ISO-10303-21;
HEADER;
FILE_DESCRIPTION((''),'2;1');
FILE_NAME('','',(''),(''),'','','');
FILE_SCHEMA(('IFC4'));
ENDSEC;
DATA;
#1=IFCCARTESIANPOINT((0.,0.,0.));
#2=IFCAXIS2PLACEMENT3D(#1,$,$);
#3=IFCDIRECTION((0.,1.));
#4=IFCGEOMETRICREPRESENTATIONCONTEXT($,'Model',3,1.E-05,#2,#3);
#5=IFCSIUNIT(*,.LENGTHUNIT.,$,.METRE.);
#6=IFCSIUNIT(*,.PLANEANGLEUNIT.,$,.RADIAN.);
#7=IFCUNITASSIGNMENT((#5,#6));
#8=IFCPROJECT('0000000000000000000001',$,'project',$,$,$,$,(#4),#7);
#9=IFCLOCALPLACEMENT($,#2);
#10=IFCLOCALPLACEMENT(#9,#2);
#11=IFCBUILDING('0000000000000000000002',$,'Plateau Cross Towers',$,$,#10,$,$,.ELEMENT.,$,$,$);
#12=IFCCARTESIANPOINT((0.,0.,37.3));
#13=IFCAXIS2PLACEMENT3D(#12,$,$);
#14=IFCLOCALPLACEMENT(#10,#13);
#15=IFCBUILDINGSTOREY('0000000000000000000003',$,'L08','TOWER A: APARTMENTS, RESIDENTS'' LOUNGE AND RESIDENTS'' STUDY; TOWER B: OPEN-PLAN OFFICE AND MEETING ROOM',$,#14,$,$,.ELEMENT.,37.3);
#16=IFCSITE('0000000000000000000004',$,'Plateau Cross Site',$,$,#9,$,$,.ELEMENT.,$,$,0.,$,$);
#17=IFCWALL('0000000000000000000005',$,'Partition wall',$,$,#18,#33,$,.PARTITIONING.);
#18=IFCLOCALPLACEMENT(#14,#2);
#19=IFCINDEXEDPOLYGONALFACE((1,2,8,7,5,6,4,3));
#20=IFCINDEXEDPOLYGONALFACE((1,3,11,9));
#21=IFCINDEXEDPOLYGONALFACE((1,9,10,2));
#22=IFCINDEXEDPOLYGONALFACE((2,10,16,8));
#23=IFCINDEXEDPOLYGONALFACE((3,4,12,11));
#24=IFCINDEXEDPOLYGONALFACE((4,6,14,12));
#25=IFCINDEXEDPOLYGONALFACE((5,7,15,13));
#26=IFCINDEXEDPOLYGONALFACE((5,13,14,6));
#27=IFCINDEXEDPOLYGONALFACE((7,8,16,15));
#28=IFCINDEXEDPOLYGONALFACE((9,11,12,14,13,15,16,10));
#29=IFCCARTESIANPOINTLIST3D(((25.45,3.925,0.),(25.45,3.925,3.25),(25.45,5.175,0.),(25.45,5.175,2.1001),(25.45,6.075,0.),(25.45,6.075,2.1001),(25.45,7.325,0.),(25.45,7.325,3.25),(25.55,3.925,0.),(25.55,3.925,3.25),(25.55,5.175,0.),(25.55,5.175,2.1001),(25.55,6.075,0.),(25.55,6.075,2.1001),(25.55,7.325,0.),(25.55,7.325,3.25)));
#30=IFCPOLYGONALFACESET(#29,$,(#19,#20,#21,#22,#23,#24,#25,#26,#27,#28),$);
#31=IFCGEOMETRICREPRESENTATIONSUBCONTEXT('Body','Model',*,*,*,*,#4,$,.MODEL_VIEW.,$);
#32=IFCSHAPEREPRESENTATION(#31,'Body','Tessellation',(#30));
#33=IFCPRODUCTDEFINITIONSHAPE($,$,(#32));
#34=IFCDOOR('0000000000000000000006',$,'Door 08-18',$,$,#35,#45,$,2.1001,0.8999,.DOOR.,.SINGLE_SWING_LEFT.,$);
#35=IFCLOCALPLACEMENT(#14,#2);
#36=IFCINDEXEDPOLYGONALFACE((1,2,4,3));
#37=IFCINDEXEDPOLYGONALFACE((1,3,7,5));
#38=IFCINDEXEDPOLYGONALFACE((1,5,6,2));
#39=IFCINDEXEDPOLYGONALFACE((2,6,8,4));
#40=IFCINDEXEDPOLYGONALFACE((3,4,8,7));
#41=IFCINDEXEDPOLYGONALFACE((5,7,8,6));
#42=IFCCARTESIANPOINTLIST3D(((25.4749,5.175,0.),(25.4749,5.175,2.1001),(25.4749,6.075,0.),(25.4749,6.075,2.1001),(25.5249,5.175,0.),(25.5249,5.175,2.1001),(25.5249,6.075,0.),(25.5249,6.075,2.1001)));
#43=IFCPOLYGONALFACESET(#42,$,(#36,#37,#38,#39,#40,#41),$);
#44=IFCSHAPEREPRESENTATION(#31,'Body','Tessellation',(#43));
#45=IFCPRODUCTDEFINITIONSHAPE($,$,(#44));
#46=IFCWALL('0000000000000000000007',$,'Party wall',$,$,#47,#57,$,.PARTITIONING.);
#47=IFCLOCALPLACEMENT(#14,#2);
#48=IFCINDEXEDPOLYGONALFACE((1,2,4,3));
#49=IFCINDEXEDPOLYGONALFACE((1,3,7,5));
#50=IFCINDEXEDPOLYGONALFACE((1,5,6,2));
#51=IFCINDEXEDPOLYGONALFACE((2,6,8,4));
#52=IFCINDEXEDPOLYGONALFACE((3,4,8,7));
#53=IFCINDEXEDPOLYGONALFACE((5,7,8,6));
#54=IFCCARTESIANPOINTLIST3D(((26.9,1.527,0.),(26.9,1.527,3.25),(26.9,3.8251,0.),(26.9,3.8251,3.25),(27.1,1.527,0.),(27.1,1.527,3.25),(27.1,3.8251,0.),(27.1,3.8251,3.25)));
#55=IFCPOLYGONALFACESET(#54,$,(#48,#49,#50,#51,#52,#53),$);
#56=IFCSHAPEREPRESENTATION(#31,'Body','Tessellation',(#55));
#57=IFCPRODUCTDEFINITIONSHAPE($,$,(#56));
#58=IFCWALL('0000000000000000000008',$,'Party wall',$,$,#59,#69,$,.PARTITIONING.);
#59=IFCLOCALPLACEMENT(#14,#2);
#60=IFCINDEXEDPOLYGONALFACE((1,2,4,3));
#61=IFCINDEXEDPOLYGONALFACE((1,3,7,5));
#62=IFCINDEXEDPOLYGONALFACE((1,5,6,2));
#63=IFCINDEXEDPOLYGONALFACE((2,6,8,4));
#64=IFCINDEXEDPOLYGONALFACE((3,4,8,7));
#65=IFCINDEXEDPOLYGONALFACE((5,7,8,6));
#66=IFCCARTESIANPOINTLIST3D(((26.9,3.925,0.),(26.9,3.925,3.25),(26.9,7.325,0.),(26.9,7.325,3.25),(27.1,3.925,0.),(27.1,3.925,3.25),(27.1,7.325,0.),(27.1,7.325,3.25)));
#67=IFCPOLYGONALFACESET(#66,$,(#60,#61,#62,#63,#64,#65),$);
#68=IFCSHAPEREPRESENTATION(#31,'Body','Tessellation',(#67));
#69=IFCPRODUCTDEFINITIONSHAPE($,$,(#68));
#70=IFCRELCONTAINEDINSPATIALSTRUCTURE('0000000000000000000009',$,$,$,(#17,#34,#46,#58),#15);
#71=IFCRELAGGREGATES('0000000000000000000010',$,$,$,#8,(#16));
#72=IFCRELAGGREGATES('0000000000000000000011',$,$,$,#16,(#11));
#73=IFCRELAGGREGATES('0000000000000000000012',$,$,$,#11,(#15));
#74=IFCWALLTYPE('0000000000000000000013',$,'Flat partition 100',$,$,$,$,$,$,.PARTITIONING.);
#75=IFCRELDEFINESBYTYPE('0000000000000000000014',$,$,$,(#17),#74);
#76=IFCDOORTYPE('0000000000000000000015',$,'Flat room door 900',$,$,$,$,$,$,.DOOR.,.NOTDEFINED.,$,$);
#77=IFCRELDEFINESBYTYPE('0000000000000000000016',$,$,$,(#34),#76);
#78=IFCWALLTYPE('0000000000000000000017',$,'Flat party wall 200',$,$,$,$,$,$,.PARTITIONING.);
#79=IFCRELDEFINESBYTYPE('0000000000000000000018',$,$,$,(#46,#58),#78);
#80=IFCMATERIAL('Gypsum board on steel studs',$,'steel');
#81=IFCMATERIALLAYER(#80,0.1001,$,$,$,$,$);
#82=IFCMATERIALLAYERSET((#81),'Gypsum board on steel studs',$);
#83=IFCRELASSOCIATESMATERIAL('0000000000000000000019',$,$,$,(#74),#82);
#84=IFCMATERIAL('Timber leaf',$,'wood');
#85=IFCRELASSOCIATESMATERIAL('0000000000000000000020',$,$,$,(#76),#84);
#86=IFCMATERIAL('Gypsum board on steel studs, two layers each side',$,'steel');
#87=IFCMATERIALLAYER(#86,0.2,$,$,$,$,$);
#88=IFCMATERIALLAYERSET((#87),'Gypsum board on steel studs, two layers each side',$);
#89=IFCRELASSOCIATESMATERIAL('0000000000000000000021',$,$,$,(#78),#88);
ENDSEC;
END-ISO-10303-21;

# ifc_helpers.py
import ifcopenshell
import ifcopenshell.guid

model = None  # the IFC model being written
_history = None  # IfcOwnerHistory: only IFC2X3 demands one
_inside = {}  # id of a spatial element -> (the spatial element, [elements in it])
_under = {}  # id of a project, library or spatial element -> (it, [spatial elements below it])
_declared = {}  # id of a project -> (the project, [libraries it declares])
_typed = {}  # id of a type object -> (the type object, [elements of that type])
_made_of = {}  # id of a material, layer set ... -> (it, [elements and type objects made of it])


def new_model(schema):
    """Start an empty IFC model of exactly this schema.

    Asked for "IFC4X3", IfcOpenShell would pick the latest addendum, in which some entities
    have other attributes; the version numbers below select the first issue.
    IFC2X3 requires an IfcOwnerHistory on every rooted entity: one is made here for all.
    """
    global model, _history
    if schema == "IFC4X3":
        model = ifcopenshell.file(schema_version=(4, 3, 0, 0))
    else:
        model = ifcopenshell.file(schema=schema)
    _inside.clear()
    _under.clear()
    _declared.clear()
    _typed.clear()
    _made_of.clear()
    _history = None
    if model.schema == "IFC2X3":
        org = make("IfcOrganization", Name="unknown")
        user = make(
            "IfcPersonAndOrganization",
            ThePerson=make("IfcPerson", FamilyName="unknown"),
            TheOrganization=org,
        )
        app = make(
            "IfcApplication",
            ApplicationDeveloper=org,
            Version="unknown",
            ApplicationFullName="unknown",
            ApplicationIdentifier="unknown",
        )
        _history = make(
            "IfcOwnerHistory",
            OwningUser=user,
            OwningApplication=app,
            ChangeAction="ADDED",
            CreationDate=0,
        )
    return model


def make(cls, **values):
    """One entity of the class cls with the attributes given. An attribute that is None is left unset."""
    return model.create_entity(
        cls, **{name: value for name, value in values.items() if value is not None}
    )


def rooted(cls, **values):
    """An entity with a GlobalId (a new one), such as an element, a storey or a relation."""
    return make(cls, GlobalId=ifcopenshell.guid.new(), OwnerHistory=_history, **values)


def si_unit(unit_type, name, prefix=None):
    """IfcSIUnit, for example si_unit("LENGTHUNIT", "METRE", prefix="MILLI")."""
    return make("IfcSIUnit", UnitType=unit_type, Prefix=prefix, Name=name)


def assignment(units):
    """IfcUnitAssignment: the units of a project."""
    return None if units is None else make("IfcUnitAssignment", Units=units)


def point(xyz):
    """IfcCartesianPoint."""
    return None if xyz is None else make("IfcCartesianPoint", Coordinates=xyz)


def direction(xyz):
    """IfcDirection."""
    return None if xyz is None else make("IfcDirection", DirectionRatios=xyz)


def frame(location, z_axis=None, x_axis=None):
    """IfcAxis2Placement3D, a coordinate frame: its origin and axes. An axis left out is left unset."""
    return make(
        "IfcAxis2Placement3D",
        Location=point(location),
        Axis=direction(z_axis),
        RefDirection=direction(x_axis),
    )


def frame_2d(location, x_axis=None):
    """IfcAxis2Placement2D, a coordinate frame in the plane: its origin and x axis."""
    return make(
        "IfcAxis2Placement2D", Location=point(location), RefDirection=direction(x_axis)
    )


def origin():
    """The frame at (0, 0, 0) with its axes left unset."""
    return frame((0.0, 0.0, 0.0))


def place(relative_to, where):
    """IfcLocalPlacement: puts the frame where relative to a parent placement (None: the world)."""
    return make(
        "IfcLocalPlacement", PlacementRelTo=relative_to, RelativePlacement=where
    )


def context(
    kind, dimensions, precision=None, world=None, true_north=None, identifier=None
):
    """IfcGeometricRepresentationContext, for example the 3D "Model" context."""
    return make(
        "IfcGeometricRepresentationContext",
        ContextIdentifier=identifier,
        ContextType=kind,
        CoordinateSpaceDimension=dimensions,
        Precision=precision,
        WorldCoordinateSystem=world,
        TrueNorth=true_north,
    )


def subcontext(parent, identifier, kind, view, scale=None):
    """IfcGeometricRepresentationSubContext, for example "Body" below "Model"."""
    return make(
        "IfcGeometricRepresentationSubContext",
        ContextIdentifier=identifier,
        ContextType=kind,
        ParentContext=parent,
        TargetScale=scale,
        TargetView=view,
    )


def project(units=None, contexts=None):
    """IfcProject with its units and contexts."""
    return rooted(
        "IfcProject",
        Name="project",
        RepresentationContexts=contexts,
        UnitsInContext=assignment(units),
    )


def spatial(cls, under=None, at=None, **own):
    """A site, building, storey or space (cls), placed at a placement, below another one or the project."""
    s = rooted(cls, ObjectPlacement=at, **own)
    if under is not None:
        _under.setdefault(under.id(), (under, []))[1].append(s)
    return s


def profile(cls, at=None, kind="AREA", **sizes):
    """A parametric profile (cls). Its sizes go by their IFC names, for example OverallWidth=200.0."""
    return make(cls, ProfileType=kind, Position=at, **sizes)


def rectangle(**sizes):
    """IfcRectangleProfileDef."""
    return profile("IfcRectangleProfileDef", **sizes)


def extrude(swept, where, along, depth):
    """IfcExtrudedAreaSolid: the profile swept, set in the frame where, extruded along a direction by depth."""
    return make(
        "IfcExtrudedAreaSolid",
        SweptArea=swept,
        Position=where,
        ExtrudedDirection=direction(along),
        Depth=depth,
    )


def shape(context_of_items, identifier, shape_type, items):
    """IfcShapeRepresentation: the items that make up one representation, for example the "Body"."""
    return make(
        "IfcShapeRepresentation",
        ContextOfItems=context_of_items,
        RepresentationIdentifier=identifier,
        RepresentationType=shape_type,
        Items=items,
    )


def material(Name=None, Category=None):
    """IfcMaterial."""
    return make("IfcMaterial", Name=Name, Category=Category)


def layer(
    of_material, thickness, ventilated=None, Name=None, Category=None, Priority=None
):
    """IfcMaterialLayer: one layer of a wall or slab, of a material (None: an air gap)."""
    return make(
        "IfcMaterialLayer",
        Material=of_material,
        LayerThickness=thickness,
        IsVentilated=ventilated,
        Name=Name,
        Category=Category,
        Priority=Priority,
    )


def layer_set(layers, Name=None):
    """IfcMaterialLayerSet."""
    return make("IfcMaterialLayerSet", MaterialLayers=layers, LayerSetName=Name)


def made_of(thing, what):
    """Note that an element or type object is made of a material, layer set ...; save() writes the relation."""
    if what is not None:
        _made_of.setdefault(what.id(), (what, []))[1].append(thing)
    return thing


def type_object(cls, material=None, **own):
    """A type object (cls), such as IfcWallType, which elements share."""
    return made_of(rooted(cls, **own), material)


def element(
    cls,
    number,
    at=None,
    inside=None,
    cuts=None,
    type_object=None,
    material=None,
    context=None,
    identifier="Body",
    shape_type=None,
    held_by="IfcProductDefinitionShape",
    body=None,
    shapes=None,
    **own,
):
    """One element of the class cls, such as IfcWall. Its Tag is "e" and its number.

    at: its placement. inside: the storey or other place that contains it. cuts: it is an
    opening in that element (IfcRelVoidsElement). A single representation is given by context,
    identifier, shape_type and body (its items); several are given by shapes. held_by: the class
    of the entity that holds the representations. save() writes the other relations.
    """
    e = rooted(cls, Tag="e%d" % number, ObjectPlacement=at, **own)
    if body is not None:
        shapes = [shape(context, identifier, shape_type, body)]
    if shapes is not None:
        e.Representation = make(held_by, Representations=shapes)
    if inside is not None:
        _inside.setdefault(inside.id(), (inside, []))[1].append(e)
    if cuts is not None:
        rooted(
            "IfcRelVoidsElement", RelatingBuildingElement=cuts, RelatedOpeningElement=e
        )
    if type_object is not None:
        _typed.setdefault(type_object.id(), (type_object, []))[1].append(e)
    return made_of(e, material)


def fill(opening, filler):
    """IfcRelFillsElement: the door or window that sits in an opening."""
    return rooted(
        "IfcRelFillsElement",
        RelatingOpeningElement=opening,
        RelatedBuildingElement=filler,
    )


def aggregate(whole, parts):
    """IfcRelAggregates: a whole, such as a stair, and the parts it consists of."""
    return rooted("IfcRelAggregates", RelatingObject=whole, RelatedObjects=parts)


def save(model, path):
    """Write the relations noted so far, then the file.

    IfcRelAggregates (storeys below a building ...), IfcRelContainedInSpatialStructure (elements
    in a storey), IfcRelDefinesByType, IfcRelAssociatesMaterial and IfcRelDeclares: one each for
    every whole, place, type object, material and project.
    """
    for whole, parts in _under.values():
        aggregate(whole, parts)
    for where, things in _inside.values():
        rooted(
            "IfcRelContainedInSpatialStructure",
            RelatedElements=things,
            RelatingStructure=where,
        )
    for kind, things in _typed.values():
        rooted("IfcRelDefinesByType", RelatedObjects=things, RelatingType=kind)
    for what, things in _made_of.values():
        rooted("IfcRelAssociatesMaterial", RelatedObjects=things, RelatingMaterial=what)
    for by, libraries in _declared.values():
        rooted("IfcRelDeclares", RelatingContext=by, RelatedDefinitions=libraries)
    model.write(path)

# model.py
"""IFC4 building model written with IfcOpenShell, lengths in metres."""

from ifc_helpers import new_model, si_unit, direction, frame, frame_2d, origin, place, context, subcontext, project, spatial, rectangle, extrude, material, layer, layer_set, type_object, element, fill, save


model = new_model("IFC4")

# Units and contexts
model_context = context("Model", 3, precision=1e-05, world=origin(), true_north=direction((0.0, 1.0)))
body_context = subcontext(model_context, "Body", "Model", "MODEL_VIEW")
ifc_project = project(units=[si_unit("LENGTHUNIT", "METRE"), si_unit("PLANEANGLEUNIT", "RADIAN")], contexts=[model_context])

# Site, building, storey
site_placement = place(None, origin())
site = spatial("IfcSite", under=ifc_project, at=site_placement, Name="Plateau Cross Site", CompositionType="ELEMENT", RefElevation=0.0)
building_placement = place(site_placement, origin())
building = spatial("IfcBuilding", under=site, at=building_placement, Name="Plateau Cross Towers", CompositionType="ELEMENT")
storey_placement = place(building_placement, frame((0.0, 0.0, 37.3)))
storey = spatial("IfcBuildingStorey", under=building, at=storey_placement, Name="L08", Description="TOWER A: APARTMENTS, RESIDENTS' LOUNGE AND RESIDENTS' STUDY; TOWER B: OPEN-PLAN OFFICE AND MEETING ROOM", CompositionType="ELEMENT", Elevation=37.3)

# Shared definitions
ifc_material_1 = material(Name="Gypsum board on steel studs", Category="steel")
ifc_layer_1 = layer(ifc_material_1, 0.1001)
ifc_layer_set_1 = layer_set([ifc_layer_1], Name="Gypsum board on steel studs")
wall_type_1 = type_object("IfcWallType", Name="Flat partition 100", PredefinedType="PARTITIONING", material=ifc_layer_set_1)

# Wall, opening, door
ifc_material_2 = material(Name="Timber leaf", Category="wood")
door_type_1 = type_object("IfcDoorType", Name="Flat room door 900", OperationType="NOTDEFINED", PredefinedType="DOOR", material=ifc_material_2)
wall_1_placement = place(storey_placement, frame((25.5, 7.325, 0.0), z_axis=(0.0, 0.0, 1.0), x_axis=(0.0, -1.0, 0.0)))
wall_1 = element("IfcWall", 1, at=wall_1_placement, inside=storey, type_object=wall_type_1, Name="Partition wall", PredefinedType="PARTITIONING", context=body_context, shape_type="SweptSolid", body=[
    extrude(rectangle(XDim=3.3999, YDim=0.1001, at=frame_2d((1.7, 0.0))), origin(), (0.0, 0.0, 1.0), 3.25),
])
opening_1_placement = place(wall_1_placement, frame((1.25, 0.0, 0.0)))
opening_1 = element("IfcOpeningElement", 2, at=opening_1_placement, cuts=wall_1, PredefinedType="OPENING", context=body_context, shape_type="SweptSolid", body=[
    extrude(rectangle(XDim=0.8999, YDim=2.1001, at=frame_2d((0.45, 1.05))), frame((0.0, 0.0601, 0.0), z_axis=(0.0, -1.0, 0.0), x_axis=(1.0, 0.0, 0.0)), (0.0, 0.0, 1.0), 0.1201),
])
door_1_placement = place(opening_1_placement, origin())
door_1 = element("IfcDoor", 3, at=door_1_placement, inside=storey, type_object=door_type_1, Name="Door 08-18", OperationType="SINGLE_SWING_LEFT", OverallHeight=2.1001, OverallWidth=0.8999, PredefinedType="DOOR", context=body_context, shape_type="SweptSolid", body=[
    extrude(rectangle(XDim=0.8999, YDim=2.1001, at=frame_2d((0.45, 1.05))), frame((0.0, 0.0249, 0.0), z_axis=(0.0, -1.0, 0.0), x_axis=(1.0, 0.0, 0.0)), (0.0, 0.0, 1.0), 0.05),
])
fill(opening_1, door_1)

# Walls
ifc_material_3 = material(Name="Gypsum board on steel studs, two layers each side", Category="steel")
ifc_layer_2 = layer(ifc_material_3, 0.2)
ifc_layer_set_2 = layer_set([ifc_layer_2], Name="Gypsum board on steel studs, two layers each side")
wall_type_2 = type_object("IfcWallType", Name="Flat party wall 200", PredefinedType="PARTITIONING", material=ifc_layer_set_2)
wall_2_placement = place(storey_placement, frame((27.0, 3.825, 0.0), z_axis=(0.0, 0.0, 1.0), x_axis=(0.0, -1.0, 0.0)))
element("IfcWall", 4, at=wall_2_placement, inside=storey, type_object=wall_type_2, Name="Party wall", PredefinedType="PARTITIONING", context=body_context, shape_type="SweptSolid", body=[
    extrude(rectangle(XDim=2.2981, YDim=0.2, at=frame_2d((1.1489, 0.0))), origin(), (0.0, 0.0, 1.0), 3.25),
])
wall_3_placement = place(storey_placement, frame((27.0, 3.925, 0.0), z_axis=(0.0, 0.0, 1.0), x_axis=(0.0, 1.0, 0.0)))
element("IfcWall", 5, at=wall_3_placement, inside=storey, type_object=wall_type_2, Name="Party wall", PredefinedType="PARTITIONING", context=body_context, shape_type="SweptSolid", body=[
    extrude(rectangle(XDim=3.3999, YDim=0.2, at=frame_2d((1.7, 0.0))), origin(), (0.0, 0.0, 1.0), 3.25),
])

save(model, "model.ifc")
